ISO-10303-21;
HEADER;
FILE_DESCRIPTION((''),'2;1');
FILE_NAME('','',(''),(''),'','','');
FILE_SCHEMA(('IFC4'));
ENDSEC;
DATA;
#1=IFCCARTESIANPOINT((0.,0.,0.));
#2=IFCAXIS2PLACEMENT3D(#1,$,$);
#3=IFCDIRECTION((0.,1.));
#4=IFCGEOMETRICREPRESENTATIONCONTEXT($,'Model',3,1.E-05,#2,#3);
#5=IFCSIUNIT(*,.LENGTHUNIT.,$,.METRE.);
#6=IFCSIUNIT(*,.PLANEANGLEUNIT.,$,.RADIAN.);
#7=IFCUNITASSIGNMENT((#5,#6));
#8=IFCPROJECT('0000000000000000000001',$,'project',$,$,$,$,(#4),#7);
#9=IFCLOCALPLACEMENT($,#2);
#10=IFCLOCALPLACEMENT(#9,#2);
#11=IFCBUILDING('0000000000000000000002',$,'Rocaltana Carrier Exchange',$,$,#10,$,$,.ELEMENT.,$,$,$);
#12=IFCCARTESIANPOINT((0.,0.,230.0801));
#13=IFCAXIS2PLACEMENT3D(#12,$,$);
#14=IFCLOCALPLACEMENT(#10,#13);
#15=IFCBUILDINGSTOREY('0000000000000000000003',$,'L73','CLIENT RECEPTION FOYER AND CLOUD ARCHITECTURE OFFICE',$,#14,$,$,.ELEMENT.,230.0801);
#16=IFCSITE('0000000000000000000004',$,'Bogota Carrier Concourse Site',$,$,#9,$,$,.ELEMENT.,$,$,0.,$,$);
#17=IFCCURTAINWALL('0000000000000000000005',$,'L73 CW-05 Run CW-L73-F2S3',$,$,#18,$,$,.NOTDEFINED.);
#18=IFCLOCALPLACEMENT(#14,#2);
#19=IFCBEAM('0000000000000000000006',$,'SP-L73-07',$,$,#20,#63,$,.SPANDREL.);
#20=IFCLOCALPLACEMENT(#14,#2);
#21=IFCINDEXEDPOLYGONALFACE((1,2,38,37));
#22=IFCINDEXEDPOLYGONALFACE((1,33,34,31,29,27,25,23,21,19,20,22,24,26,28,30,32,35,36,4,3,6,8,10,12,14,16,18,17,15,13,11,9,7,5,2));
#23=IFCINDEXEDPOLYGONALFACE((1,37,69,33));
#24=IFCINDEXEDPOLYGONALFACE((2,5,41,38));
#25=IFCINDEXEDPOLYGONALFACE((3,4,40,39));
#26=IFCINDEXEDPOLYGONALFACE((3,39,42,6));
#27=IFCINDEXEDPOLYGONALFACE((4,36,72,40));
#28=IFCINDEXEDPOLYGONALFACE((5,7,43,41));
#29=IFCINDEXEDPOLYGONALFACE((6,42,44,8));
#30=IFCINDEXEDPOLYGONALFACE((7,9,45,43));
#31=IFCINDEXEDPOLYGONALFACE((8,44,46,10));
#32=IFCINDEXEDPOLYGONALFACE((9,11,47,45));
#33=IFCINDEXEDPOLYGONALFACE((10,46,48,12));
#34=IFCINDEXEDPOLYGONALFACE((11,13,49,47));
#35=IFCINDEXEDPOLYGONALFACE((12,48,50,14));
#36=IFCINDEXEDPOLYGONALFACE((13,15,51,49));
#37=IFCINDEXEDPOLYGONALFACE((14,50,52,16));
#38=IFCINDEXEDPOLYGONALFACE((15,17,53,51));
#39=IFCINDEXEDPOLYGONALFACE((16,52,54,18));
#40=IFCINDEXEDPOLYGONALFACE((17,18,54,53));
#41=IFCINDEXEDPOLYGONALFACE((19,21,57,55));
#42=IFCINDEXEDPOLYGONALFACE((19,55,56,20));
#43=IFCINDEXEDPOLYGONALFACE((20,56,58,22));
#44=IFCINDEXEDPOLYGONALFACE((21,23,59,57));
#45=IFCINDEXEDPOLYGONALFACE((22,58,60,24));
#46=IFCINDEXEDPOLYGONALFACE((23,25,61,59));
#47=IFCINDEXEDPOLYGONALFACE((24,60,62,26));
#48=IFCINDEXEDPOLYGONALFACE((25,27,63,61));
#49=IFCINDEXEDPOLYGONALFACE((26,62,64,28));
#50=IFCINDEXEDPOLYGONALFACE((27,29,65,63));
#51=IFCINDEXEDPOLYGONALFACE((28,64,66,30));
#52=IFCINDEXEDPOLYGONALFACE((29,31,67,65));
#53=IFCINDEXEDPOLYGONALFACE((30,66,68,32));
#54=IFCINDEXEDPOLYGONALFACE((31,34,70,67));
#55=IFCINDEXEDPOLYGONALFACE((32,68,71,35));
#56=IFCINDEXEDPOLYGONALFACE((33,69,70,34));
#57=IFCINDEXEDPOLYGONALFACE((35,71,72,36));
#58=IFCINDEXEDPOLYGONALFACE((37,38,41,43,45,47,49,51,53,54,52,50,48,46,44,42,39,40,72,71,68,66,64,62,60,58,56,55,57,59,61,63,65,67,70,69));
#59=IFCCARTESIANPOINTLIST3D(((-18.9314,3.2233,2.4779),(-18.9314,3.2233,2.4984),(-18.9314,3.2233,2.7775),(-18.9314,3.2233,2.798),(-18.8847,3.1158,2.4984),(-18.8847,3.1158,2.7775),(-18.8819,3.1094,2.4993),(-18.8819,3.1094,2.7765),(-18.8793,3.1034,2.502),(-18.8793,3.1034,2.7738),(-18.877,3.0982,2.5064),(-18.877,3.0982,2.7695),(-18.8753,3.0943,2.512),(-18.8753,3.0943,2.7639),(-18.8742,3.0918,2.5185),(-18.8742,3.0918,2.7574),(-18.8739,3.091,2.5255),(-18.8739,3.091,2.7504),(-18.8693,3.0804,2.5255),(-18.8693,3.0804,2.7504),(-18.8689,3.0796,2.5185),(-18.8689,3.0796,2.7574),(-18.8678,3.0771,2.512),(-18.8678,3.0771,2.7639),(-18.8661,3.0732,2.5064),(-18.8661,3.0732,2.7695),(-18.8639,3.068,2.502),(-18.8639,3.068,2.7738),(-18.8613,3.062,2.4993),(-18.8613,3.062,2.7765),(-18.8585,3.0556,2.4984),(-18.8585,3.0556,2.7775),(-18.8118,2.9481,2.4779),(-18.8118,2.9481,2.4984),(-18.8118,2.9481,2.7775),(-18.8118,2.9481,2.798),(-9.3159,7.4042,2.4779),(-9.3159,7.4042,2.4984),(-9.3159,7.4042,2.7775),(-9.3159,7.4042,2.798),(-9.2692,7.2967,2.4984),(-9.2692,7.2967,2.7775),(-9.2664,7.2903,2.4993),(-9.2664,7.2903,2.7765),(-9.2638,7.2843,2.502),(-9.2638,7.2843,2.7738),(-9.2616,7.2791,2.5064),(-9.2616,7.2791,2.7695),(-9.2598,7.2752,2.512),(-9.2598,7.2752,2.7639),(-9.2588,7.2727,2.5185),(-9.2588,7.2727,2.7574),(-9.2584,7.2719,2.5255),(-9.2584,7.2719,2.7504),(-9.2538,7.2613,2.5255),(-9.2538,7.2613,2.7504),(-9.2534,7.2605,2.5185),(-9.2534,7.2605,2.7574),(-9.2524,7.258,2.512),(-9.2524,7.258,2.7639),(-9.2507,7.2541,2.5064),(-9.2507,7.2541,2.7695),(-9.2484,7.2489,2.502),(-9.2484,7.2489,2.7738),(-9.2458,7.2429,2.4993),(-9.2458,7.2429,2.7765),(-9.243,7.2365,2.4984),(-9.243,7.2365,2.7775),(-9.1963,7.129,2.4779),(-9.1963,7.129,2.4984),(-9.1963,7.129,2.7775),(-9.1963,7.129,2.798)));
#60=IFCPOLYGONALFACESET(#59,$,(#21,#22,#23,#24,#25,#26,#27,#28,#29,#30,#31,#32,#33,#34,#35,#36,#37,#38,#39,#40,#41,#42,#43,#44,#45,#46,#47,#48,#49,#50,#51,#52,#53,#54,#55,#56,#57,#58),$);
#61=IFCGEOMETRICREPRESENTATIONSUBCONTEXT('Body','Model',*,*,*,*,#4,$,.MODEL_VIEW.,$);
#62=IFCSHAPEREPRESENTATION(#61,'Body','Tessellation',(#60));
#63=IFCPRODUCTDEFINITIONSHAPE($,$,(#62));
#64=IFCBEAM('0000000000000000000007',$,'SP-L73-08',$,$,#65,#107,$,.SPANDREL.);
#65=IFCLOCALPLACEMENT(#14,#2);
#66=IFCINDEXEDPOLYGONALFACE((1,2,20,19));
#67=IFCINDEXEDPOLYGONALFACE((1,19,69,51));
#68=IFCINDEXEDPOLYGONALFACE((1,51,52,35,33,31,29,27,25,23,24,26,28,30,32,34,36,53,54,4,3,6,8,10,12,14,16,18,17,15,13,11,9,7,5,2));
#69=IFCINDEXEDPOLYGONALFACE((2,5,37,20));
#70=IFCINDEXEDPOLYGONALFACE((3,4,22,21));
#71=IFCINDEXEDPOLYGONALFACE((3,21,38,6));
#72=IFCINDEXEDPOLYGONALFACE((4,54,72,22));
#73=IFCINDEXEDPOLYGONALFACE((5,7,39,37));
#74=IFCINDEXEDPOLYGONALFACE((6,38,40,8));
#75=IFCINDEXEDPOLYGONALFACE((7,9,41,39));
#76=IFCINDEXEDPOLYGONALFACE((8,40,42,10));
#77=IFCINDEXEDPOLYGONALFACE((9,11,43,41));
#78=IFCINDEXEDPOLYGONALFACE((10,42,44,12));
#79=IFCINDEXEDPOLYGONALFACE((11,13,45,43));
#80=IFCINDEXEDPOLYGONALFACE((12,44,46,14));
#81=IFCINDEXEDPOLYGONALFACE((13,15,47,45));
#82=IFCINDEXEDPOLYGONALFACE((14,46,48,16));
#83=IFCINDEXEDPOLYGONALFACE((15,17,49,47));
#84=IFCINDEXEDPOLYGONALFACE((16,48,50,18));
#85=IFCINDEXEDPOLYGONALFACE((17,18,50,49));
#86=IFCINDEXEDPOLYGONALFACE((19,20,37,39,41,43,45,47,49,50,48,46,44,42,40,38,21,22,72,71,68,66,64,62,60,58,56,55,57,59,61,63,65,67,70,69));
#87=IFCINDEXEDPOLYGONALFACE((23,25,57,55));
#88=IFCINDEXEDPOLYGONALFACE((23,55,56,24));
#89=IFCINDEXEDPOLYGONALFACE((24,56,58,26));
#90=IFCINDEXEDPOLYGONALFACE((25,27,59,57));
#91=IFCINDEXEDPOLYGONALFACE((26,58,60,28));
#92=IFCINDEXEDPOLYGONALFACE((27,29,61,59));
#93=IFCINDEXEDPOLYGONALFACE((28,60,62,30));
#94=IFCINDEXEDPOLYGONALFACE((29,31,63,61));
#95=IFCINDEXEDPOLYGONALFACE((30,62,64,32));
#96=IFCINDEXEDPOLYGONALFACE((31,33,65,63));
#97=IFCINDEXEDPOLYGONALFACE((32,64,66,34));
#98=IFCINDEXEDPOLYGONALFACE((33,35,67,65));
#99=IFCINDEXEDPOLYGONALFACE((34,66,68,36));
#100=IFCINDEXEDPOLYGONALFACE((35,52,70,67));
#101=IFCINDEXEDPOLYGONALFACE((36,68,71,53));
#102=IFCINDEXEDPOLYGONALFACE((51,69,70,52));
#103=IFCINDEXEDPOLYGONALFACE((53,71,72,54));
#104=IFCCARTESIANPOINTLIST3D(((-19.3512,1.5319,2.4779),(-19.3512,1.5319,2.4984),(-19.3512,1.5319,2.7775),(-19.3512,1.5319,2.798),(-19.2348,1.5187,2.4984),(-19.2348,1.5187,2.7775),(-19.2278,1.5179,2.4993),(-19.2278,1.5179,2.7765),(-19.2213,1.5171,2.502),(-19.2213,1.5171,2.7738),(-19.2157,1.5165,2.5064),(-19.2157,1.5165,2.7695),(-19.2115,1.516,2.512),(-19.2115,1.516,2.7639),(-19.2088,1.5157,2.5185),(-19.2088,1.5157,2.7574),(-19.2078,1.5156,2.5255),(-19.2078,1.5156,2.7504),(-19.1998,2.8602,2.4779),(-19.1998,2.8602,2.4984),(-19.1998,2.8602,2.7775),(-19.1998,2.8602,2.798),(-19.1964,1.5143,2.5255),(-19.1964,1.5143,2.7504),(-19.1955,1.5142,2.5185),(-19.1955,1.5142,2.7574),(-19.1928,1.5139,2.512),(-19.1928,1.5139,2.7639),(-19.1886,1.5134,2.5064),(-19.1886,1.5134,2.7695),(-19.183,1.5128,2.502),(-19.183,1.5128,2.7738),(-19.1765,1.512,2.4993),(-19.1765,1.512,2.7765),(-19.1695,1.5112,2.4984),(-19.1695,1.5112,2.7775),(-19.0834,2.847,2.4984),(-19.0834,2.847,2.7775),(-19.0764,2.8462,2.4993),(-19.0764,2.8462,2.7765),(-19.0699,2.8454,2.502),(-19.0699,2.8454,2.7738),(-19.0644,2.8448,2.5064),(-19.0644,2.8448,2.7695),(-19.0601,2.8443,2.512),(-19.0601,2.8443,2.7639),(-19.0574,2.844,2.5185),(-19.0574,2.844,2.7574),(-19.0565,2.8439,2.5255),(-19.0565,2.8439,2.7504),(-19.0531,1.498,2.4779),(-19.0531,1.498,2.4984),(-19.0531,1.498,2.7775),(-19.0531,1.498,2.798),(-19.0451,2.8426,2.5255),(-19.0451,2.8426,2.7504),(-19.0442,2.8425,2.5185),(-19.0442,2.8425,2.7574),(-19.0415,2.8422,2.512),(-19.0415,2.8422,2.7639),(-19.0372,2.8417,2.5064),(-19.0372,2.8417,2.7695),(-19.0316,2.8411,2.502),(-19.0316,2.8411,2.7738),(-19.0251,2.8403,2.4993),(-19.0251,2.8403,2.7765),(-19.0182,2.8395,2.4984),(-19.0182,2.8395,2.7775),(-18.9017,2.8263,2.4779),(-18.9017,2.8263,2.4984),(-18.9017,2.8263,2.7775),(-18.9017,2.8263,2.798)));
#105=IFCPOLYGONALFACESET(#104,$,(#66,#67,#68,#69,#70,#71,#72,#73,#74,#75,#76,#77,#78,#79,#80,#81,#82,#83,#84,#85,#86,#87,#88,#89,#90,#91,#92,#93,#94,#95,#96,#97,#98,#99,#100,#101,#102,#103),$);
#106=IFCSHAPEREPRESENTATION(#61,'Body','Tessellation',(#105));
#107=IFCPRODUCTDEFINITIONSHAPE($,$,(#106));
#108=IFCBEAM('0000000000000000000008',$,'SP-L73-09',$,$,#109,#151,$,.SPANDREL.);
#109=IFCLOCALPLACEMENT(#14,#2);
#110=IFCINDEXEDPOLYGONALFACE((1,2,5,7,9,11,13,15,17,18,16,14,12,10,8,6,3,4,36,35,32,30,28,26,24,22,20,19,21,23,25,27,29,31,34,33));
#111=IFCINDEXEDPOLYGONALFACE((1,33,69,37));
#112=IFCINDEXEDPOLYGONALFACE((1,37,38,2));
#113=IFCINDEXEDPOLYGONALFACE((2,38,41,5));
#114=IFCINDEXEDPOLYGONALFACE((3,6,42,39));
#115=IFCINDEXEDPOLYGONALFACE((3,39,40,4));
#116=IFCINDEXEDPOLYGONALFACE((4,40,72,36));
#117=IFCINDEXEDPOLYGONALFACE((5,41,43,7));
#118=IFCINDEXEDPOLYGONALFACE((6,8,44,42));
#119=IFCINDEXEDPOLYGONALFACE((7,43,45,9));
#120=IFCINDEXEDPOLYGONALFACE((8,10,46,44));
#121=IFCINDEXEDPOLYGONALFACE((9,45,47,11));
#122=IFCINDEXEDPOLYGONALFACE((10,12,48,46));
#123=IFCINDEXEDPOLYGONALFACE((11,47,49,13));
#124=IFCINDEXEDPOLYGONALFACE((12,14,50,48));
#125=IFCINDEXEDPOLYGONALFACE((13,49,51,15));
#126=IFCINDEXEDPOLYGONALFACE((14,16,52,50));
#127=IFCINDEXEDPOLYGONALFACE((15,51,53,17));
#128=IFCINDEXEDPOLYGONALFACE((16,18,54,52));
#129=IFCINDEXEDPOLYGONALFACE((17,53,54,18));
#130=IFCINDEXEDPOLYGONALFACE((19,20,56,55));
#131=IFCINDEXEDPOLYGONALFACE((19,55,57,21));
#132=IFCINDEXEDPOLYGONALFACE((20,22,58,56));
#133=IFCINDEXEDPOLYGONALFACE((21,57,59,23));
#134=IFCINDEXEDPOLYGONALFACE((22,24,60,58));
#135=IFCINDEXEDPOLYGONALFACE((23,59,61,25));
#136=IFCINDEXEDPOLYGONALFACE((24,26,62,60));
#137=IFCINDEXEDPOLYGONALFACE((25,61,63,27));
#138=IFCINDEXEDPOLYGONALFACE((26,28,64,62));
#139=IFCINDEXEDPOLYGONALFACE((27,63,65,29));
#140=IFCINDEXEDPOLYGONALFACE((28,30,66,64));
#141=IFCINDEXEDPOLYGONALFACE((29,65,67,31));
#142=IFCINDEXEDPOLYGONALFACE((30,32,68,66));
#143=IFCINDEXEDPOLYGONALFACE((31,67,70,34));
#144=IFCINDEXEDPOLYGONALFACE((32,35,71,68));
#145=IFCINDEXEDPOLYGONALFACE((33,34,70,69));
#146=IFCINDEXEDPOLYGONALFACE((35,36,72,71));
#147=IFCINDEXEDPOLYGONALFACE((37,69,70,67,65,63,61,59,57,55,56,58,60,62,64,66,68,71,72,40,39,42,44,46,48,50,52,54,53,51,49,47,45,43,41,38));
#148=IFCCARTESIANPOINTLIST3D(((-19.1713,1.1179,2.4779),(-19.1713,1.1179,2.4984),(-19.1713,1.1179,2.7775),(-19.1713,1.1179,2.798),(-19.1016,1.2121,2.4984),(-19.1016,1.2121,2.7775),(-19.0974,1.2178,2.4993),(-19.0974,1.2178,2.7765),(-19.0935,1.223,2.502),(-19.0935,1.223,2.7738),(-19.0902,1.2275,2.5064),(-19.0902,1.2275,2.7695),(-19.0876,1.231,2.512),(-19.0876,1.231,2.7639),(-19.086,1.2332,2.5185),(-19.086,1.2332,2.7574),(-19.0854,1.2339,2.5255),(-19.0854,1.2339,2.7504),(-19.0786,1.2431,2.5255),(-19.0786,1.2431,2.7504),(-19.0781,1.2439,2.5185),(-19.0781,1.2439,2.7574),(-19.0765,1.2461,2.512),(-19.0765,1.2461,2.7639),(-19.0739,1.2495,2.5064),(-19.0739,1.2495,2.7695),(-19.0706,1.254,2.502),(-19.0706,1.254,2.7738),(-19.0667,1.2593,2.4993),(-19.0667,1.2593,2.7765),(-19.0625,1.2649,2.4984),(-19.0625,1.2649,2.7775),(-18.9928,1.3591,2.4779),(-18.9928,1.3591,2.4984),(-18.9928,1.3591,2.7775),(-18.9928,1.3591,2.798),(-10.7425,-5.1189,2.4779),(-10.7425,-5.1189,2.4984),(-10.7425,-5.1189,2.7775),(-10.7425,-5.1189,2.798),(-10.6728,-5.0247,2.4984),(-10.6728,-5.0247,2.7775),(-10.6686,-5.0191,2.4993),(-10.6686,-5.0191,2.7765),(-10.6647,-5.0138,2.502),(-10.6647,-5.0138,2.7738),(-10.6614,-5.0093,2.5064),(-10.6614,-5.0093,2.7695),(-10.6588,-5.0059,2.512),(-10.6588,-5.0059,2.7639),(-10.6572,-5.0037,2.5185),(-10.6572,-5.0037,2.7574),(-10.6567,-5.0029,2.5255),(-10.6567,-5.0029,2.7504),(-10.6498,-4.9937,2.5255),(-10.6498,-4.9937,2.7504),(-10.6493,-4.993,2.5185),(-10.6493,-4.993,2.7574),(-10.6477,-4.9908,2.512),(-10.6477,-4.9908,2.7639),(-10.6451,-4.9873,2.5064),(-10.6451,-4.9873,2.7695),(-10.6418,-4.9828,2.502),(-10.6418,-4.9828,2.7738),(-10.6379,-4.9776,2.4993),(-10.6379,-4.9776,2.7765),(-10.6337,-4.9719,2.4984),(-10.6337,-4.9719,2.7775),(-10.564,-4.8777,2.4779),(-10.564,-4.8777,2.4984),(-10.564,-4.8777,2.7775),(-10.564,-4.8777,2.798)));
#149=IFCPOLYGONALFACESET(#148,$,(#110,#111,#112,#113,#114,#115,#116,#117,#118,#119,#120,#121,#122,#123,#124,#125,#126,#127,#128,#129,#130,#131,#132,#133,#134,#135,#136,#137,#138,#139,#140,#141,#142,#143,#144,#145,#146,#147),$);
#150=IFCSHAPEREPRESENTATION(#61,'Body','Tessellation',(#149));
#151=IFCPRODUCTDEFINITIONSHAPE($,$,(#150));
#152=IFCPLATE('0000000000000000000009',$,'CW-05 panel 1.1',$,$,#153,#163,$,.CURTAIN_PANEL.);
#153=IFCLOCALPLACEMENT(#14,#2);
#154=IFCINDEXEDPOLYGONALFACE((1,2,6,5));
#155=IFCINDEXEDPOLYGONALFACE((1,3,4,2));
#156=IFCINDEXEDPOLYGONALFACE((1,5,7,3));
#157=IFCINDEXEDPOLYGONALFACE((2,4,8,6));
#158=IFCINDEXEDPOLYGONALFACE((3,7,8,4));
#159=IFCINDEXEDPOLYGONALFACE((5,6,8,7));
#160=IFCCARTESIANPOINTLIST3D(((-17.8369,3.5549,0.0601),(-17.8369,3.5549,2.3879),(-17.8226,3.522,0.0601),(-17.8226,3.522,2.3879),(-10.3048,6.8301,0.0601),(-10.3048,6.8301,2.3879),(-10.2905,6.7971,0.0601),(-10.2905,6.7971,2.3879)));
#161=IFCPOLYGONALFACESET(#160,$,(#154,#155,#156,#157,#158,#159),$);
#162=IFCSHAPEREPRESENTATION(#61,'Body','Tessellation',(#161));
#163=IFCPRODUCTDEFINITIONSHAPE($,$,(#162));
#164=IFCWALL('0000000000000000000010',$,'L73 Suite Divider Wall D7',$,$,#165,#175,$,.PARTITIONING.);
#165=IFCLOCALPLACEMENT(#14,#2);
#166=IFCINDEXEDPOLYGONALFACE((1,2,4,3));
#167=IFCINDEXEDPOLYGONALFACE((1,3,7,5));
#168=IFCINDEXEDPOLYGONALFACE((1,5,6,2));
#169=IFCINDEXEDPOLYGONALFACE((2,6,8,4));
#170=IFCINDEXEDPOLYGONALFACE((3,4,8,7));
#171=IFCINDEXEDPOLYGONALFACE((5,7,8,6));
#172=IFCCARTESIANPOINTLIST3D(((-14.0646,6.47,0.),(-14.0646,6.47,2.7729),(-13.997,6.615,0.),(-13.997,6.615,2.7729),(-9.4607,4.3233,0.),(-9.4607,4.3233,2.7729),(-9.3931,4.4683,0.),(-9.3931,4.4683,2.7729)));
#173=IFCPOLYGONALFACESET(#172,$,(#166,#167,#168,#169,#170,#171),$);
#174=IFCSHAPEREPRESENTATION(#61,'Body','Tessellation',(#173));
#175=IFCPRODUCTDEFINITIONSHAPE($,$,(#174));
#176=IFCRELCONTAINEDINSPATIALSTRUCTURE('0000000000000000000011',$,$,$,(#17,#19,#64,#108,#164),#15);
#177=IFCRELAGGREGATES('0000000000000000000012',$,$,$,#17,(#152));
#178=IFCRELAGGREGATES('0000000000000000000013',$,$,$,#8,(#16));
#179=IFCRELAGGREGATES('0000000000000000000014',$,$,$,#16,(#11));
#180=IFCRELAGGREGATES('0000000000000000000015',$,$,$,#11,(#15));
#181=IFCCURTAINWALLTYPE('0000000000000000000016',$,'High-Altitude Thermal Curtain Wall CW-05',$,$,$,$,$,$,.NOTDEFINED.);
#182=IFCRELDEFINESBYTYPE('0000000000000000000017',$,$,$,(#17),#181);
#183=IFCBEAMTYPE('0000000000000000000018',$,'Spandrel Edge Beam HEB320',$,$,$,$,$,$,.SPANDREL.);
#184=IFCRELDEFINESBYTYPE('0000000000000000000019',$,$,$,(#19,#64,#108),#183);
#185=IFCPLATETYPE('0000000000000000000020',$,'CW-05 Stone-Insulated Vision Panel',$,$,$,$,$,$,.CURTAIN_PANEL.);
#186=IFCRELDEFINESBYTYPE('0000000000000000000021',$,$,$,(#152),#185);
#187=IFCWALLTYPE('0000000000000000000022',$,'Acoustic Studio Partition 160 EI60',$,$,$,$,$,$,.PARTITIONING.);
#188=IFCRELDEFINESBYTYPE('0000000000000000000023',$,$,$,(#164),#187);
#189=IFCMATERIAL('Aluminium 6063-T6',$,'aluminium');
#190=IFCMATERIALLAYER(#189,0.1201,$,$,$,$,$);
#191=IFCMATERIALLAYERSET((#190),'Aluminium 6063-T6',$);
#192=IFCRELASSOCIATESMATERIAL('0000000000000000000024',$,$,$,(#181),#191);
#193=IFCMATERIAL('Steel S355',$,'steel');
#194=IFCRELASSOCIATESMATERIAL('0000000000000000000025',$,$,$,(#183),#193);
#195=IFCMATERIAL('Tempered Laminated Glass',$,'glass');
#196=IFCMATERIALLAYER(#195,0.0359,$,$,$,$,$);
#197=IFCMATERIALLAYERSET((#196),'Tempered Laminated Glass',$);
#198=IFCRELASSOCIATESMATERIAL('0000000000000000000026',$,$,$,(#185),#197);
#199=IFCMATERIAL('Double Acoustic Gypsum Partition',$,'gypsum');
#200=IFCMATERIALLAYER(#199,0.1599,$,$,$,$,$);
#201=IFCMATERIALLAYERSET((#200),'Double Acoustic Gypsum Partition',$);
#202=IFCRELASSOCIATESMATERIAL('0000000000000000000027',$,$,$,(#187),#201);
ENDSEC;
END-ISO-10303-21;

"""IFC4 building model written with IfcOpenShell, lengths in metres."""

from ifc_helpers import new_model, si_unit, direction, frame, frame_2d, origin, origin_2d, place, context, subcontext, project, spatial, rectangle, i_section, extrude, material, layer, layer_set, material_profile, profile_set, type_object, element, aggregate, save


model = new_model("IFC4")

# Units and contexts
model_context = context("Model", 3, precision=1e-05, world=origin(), true_north=direction((0.0, 1.0)))
body_context = subcontext(model_context, "Body", "Model", "MODEL_VIEW")
ifc_project = project(units=[si_unit("LENGTHUNIT", "METRE"), si_unit("PLANEANGLEUNIT", "RADIAN")], contexts=[model_context])

# Site, building, storey
site_placement = place(None, origin())
site = spatial("IfcSite", under=ifc_project, at=site_placement, Name="Bogota Carrier Concourse Site", CompositionType="ELEMENT", RefElevation=0.0)
building_placement = place(site_placement, origin())
building = spatial("IfcBuilding", under=site, at=building_placement, Name="Rocaltana Carrier Exchange", CompositionType="ELEMENT")
storey_placement = place(building_placement, frame((0.0, 0.0, 230.0801)))
storey = spatial("IfcBuildingStorey", under=building, at=storey_placement, Name="L73", Description="CLIENT RECEPTION FOYER AND CLOUD ARCHITECTURE OFFICE", CompositionType="ELEMENT", Elevation=230.0801)

# Shared definitions
ifc_material_1 = material(Name="Aluminium 6063-T6", Category="aluminium")
ifc_layer_1 = layer(ifc_material_1, 0.1201)
ifc_layer_set_1 = layer_set([ifc_layer_1], Name="Aluminium 6063-T6")
curtain_wall_type = type_object("IfcCurtainWallType", Name="High-Altitude Thermal Curtain Wall CW-05", PredefinedType="NOTDEFINED", material=ifc_layer_set_1)

# Curtain wall
curtain_wall_1_placement = place(storey_placement, origin())
curtain_wall_1 = element("IfcCurtainWall", 1, at=curtain_wall_1_placement, inside=storey, type_object=curtain_wall_type, Name="L73 CW-05 Run CW-L73-F2S3", PredefinedType="NOTDEFINED")

# Beams
ifc_material_2 = material(Name="Steel S355", Category="steel")
ifc_material_profile_1 = material_profile(ifc_material_2, i_section(OverallWidth=0.3, OverallDepth=0.3201, WebThickness=0.0115, FlangeThickness=0.0205, FilletRadius=0.0271, at=origin_2d()), Name="HEB320")
ifc_profile_set_1 = profile_set([ifc_material_profile_1], Name="Steel S355")
beam_type_1 = type_object("IfcBeamType", Name="Spandrel Edge Beam HEB320", PredefinedType="SPANDREL", material=ifc_profile_set_1)
beam_1_placement = place(storey_placement, frame((-9.2561, 7.2666, 2.6379), z_axis=(-0.917061, -0.398747, 0.0), x_axis=(0.398747, -0.917061, 0.0)))
element("IfcBeam", 2, at=beam_1_placement, inside=storey, type_object=beam_type_1, Name="SP-L73-07", PredefinedType="SPANDREL", context=body_context, shape_type="SweptSolid", body=[
    extrude(i_section(OverallWidth=0.3, OverallDepth=0.3201, WebThickness=0.0115, FlangeThickness=0.0205, FilletRadius=0.0271, at=origin_2d()), origin(), (0.0, 0.0, 1.0), 10.4851),
])
beam_2_placement = place(storey_placement, frame((-19.0508, 2.8433, 2.6379), z_axis=(-0.113217, -0.99357, 0.0), x_axis=(0.99357, -0.113217, 0.0)))
element("IfcBeam", 3, at=beam_2_placement, inside=storey, type_object=beam_type_1, Name="SP-L73-08", PredefinedType="SPANDREL", context=body_context, shape_type="SweptSolid", body=[
    extrude(i_section(OverallWidth=0.3, OverallDepth=0.3201, WebThickness=0.0115, FlangeThickness=0.0205, FilletRadius=0.0271, at=origin_2d()), origin(), (0.0, 0.0, 1.0), 1.3369),
])
beam_3_placement = place(storey_placement, frame((-19.082, 1.2385, 2.6379), z_axis=(0.803861, -0.594817, 0.0), x_axis=(0.594817, 0.803861, 0.0)))
element("IfcBeam", 4, at=beam_3_placement, inside=storey, type_object=beam_type_1, Name="SP-L73-09", PredefinedType="SPANDREL", context=body_context, shape_type="SweptSolid", body=[
    extrude(i_section(OverallWidth=0.3, OverallDepth=0.3201, WebThickness=0.0115, FlangeThickness=0.0205, FilletRadius=0.0271, at=origin_2d()), origin(), (0.0, 0.0, 1.0), 10.4854),
])

# Plate
ifc_material_3 = material(Name="Tempered Laminated Glass", Category="glass")
ifc_layer_2 = layer(ifc_material_3, 0.0359)
ifc_layer_set_2 = layer_set([ifc_layer_2], Name="Tempered Laminated Glass")
plate_type = type_object("IfcPlateType", Name="CW-05 Stone-Insulated Vision Panel", PredefinedType="CURTAIN_PANEL", material=ifc_layer_set_2)
plate_placement = place(storey_placement, frame((-14.0637, 5.176, 0.0601), z_axis=(0.0, 0.0, 1.0), x_axis=(-0.917057, -0.398757, 0.0)))
plate = element("IfcPlate", 5, at=plate_placement, type_object=plate_type, Name="CW-05 panel 1.1", PredefinedType="CURTAIN_PANEL", context=body_context, shape_type="SweptSolid", body=[
    extrude(rectangle(XDim=8.2134, YDim=0.0359, at=origin_2d()), origin(), (0.0, 0.0, 1.0), 2.3279),
])
aggregate(curtain_wall_1, [plate])

# Wall
ifc_material_4 = material(Name="Double Acoustic Gypsum Partition", Category="gypsum")
ifc_layer_3 = layer(ifc_material_4, 0.1599)
ifc_layer_set_3 = layer_set([ifc_layer_3], Name="Double Acoustic Gypsum Partition")
wall_type_1 = type_object("IfcWallType", Name="Acoustic Studio Partition 160 EI60", PredefinedType="PARTITIONING", material=ifc_layer_set_3)
wall_1_placement = place(storey_placement, frame((-9.4268, 4.3958, 0.0), z_axis=(0.0, 0.0, 1.0), x_axis=(-0.906319, 0.422593, 0.0)))
element("IfcWall", 6, at=wall_1_placement, inside=storey, type_object=wall_type_1, Name="L73 Suite Divider Wall D7", PredefinedType="PARTITIONING", context=body_context, shape_type="SweptSolid", body=[
    extrude(rectangle(XDim=5.0798, YDim=0.1599, at=frame_2d((2.54, 0.0))), origin(), (0.0, 0.0, 1.0), 2.7729),
])

save(model, "model.ifc")
